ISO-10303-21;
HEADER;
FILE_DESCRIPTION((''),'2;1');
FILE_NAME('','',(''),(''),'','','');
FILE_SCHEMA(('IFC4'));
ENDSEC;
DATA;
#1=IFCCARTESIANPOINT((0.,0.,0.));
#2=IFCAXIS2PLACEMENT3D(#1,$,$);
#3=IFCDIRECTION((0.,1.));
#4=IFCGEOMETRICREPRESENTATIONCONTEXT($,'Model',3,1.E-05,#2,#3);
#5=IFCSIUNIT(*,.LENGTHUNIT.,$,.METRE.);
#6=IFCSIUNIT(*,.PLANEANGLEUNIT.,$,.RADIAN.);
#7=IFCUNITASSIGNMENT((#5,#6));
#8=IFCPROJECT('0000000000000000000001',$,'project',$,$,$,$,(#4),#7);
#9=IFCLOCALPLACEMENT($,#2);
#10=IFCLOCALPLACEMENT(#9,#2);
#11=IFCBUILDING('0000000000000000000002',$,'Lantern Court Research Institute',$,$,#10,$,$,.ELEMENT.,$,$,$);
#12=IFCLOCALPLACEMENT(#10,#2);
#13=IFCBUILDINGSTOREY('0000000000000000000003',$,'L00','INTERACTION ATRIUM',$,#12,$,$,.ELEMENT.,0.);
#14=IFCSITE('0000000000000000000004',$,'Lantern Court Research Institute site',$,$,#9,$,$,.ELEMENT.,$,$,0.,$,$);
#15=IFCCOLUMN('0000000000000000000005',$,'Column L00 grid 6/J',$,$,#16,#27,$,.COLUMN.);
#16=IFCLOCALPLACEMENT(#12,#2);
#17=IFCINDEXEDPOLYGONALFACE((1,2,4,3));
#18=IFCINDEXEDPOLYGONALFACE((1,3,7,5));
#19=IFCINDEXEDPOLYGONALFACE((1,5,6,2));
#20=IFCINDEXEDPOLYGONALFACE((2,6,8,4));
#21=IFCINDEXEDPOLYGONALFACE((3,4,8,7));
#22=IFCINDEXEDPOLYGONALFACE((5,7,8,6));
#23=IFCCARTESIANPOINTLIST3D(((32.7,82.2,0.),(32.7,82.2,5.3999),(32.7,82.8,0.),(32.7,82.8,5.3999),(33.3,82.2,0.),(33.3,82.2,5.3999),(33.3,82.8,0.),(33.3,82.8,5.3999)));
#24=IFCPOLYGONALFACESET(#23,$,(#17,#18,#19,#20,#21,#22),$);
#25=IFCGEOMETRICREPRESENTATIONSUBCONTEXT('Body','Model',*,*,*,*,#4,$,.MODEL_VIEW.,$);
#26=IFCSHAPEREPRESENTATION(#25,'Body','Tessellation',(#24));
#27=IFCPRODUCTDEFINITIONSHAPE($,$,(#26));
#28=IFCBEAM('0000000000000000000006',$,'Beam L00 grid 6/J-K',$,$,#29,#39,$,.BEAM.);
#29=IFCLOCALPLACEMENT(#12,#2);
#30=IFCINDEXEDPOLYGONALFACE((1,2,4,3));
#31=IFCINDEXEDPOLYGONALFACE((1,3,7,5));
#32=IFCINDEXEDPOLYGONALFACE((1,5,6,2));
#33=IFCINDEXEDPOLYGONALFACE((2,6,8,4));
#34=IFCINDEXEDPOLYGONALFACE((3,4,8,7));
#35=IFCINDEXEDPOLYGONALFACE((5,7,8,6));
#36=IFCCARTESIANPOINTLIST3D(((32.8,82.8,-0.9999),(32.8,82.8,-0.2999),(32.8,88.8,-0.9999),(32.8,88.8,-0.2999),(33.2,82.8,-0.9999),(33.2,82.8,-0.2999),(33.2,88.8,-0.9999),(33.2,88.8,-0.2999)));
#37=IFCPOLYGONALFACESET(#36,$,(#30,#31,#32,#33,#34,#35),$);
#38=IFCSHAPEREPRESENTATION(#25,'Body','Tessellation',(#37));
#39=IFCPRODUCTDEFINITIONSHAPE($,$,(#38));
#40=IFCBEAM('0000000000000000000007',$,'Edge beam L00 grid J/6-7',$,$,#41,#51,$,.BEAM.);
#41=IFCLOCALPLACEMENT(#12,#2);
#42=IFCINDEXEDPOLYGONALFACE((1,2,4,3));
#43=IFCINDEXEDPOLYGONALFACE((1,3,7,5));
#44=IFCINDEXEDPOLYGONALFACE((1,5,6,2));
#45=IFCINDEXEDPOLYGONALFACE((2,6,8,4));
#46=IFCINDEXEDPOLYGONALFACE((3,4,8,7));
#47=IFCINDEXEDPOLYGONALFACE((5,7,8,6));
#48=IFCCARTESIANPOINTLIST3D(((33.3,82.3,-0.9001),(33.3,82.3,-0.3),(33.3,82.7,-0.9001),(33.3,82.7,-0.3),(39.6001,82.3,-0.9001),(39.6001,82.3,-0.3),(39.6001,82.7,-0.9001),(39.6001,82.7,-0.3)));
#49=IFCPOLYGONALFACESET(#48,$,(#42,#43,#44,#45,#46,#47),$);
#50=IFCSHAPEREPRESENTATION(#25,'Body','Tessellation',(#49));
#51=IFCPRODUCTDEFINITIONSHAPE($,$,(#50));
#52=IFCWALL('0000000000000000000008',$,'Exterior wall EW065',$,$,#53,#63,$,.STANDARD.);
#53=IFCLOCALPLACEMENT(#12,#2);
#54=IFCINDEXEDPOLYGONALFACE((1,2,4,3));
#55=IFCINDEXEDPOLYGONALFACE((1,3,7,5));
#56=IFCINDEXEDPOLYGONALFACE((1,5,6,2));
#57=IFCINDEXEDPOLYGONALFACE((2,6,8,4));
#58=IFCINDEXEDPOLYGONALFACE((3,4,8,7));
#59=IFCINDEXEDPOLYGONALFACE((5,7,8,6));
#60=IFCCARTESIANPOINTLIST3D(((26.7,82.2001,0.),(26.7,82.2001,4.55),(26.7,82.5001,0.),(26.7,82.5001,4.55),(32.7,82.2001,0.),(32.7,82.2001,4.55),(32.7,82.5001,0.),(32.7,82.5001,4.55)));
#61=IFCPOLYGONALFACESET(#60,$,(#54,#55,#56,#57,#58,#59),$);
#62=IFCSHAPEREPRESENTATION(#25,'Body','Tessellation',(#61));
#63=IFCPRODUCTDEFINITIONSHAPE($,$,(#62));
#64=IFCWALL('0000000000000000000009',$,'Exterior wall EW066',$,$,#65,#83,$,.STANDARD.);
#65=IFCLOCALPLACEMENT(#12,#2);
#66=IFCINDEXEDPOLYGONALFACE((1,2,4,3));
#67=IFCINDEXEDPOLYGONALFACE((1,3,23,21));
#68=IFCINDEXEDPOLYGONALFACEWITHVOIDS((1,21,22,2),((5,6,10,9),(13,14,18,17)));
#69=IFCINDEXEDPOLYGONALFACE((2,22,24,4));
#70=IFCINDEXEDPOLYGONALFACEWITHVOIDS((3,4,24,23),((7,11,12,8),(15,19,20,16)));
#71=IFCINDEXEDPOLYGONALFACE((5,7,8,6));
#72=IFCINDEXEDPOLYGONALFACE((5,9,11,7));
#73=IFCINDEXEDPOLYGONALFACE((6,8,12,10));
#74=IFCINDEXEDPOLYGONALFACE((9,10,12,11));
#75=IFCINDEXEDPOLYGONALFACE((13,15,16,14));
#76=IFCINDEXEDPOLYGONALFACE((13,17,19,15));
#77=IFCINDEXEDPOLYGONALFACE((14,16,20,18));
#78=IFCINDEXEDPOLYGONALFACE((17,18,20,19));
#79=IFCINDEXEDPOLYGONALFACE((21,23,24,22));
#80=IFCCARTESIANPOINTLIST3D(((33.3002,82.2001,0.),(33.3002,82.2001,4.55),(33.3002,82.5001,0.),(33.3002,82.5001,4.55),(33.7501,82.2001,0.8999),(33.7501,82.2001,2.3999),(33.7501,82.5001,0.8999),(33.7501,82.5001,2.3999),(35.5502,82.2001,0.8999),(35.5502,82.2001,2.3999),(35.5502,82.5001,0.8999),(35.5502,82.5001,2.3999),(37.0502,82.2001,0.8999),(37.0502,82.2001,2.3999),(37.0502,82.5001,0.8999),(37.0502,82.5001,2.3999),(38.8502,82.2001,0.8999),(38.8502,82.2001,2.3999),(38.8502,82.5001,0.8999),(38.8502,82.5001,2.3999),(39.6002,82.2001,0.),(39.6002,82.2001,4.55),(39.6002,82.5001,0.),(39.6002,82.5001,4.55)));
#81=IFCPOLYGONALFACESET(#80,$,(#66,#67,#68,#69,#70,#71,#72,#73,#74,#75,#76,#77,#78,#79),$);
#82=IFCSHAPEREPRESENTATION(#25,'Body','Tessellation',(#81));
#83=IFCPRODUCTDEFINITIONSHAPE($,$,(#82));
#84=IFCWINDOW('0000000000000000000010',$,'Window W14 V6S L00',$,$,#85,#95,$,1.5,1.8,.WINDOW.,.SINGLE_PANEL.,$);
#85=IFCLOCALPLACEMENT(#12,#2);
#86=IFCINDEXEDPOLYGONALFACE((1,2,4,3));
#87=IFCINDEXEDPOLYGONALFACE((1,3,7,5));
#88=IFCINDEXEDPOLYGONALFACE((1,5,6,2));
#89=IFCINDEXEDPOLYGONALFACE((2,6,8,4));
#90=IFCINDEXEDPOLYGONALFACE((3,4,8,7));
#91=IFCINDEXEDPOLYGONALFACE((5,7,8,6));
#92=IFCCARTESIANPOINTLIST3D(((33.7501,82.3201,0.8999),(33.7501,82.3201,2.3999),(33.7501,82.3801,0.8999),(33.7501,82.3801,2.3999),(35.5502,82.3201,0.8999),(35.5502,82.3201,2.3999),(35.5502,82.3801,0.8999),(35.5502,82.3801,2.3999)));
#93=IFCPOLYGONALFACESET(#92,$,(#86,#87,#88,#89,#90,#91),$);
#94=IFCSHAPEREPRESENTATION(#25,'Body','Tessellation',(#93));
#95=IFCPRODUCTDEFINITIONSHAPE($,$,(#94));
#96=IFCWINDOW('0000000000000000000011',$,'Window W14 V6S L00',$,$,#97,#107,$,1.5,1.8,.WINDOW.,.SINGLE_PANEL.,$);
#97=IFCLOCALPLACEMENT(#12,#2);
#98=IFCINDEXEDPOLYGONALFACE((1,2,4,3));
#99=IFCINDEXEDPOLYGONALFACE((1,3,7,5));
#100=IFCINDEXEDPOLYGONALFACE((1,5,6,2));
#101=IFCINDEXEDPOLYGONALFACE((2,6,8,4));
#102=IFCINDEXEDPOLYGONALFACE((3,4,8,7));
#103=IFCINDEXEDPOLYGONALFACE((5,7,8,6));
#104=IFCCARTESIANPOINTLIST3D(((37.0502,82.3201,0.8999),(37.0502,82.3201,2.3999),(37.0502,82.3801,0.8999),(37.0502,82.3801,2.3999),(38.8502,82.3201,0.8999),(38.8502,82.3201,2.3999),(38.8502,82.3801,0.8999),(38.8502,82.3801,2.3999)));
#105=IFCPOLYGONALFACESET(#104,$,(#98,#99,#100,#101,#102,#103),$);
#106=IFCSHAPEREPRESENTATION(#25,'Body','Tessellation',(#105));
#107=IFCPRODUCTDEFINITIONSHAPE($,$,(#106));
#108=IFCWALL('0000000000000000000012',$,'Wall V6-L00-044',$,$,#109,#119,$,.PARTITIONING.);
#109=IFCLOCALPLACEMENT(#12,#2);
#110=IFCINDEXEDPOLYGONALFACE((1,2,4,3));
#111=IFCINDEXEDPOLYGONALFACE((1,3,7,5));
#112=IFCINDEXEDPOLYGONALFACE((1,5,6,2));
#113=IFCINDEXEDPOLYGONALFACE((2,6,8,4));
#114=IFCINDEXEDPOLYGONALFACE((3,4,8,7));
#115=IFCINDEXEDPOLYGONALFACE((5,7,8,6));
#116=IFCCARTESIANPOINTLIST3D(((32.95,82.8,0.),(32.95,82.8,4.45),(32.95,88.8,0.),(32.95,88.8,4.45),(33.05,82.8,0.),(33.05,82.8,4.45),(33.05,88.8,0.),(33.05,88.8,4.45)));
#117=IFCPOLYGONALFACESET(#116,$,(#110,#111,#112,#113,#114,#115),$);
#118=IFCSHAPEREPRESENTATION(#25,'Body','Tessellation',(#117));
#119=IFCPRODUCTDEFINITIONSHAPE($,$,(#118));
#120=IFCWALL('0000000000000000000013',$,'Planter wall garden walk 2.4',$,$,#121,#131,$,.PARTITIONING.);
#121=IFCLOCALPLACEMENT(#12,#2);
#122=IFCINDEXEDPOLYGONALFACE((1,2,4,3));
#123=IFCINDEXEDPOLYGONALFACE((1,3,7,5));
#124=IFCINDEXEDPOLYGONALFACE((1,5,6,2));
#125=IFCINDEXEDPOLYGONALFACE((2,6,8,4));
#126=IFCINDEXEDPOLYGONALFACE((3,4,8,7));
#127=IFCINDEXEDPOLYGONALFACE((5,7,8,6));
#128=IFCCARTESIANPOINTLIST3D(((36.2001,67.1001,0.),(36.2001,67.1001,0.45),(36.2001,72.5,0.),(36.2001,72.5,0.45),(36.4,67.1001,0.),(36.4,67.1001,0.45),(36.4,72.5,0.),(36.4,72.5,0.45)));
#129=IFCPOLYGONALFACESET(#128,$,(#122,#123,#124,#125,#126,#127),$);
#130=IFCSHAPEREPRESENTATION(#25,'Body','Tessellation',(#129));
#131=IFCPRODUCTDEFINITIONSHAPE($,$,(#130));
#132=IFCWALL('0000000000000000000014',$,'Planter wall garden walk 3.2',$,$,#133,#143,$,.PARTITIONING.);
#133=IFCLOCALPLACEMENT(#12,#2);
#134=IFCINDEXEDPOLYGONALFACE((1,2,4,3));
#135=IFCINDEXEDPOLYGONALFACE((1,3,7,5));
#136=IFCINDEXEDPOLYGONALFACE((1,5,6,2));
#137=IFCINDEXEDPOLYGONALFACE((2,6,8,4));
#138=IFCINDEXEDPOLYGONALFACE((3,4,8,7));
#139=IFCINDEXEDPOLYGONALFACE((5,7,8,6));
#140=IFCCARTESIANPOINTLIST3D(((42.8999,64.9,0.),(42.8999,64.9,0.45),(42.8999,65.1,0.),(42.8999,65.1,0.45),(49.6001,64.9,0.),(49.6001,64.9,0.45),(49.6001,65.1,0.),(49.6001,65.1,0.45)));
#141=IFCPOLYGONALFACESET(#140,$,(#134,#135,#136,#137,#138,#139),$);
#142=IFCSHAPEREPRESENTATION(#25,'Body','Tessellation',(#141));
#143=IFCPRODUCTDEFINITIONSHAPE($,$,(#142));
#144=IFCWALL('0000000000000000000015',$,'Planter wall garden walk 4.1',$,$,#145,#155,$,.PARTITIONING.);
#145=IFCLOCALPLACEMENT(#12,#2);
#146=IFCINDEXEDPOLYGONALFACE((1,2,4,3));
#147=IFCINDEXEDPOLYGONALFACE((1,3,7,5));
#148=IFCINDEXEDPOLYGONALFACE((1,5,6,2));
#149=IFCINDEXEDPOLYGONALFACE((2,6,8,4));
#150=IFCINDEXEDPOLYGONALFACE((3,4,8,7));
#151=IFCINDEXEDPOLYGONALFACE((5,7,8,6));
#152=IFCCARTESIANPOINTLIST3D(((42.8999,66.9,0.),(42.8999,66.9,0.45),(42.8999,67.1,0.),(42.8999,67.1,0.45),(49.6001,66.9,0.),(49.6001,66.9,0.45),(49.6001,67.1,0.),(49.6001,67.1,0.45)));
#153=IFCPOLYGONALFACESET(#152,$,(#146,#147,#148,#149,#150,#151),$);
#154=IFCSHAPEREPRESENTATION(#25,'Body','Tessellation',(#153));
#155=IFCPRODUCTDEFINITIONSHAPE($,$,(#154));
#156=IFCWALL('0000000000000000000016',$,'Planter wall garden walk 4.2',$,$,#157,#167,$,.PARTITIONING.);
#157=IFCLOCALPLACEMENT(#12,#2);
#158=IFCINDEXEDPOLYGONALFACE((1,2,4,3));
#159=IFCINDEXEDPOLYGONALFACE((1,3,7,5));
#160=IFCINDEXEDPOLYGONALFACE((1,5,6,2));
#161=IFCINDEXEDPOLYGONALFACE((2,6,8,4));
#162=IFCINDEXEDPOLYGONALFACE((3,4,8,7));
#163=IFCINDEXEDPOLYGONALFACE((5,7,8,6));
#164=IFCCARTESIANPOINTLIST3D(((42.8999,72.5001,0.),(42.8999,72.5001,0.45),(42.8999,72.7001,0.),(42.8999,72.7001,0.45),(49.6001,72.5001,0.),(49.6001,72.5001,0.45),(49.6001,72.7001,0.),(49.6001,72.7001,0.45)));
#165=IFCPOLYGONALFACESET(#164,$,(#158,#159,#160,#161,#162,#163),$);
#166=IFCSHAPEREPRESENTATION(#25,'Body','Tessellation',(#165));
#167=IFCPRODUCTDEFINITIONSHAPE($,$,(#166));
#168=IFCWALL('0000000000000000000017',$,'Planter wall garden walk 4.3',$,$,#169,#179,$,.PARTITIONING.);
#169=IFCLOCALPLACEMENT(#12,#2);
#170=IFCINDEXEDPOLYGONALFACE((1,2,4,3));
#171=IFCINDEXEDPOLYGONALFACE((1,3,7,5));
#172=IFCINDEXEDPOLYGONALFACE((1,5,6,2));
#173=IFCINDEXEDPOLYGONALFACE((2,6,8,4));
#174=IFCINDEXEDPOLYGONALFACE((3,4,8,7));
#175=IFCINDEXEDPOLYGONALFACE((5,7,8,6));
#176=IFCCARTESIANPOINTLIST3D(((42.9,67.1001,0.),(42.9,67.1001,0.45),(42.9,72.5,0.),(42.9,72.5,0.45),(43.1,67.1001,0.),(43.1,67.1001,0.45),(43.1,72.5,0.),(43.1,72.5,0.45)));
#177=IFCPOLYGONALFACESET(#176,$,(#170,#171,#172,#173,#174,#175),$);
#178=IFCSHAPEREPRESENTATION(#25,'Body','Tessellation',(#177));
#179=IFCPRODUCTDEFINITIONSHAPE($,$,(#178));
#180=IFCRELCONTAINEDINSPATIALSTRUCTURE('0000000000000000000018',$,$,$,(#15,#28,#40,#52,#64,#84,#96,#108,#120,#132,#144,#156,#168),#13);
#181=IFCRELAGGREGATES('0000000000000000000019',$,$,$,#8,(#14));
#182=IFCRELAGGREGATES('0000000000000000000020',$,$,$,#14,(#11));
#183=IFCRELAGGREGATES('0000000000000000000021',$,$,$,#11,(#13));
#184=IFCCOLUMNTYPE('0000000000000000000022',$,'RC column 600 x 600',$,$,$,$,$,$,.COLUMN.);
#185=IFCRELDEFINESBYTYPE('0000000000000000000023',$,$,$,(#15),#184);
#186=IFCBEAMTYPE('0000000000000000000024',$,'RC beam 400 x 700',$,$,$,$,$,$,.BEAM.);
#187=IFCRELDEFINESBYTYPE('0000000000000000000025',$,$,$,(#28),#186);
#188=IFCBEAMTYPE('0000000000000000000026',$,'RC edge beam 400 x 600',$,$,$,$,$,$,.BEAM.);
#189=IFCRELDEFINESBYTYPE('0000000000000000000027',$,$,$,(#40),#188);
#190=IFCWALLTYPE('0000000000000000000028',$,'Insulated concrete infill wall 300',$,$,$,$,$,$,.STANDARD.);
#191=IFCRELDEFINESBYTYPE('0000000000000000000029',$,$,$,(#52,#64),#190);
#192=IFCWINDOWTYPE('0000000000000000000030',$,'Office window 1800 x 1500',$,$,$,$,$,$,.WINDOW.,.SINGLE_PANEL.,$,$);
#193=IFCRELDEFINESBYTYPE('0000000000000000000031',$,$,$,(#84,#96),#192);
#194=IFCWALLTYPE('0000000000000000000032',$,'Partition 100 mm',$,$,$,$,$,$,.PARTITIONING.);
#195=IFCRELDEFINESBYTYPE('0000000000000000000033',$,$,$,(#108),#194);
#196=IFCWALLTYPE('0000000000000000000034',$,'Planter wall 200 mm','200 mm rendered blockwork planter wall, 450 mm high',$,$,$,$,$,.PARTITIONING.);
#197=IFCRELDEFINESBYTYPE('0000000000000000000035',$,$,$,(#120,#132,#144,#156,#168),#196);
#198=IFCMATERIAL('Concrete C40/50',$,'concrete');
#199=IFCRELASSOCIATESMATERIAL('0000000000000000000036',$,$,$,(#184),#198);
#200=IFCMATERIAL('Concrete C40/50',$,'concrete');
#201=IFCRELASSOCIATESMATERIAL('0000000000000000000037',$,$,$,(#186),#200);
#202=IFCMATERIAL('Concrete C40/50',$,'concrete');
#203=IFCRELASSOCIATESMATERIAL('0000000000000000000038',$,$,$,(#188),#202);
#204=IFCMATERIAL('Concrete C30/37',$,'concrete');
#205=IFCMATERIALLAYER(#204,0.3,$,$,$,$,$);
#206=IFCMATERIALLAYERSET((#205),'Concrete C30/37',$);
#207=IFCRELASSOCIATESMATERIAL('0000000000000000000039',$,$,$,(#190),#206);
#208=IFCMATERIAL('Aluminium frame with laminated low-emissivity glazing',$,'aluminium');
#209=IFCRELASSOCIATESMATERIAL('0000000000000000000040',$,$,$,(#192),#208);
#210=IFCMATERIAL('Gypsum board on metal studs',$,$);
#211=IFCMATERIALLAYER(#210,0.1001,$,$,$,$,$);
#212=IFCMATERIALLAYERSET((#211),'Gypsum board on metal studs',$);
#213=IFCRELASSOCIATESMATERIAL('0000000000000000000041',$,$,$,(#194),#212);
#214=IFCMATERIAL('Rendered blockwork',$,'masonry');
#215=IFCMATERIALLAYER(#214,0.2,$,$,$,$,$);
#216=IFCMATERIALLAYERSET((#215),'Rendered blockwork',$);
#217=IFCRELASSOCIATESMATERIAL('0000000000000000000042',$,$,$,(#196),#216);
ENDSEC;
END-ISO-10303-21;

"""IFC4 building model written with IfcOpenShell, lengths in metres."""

from ifc_helpers import new_model, si_unit, direction, frame, frame_2d, origin, origin_2d, place, context, subcontext, project, spatial, rectangle, extrude, material, layer, layer_set, material_profile, profile_set, type_object, element, fill, save


model = new_model("IFC4")

# Units and contexts
model_context = context("Model", 3, precision=1e-05, world=origin(), true_north=direction((0.0, 1.0)))
body_context = subcontext(model_context, "Body", "Model", "MODEL_VIEW")
ifc_project = project(units=[si_unit("LENGTHUNIT", "METRE"), si_unit("PLANEANGLEUNIT", "RADIAN")], contexts=[model_context])

# Site, building, storey
site_placement = place(None, origin())
site = spatial("IfcSite", under=ifc_project, at=site_placement, Name="Lantern Court Research Institute site", CompositionType="ELEMENT", RefElevation=0.0)
building_placement = place(site_placement, origin())
building = spatial("IfcBuilding", under=site, at=building_placement, Name="Lantern Court Research Institute", CompositionType="ELEMENT")
storey_placement = place(building_placement, origin())
storey = spatial("IfcBuildingStorey", under=building, at=storey_placement, Name="L00", Description="INTERACTION ATRIUM", CompositionType="ELEMENT", Elevation=0.0)

# Column
ifc_material_1 = material(Name="Concrete C40/50", Category="concrete")
ifc_material_profile_1 = material_profile(ifc_material_1, rectangle(XDim=0.6001, YDim=0.6001, at=origin_2d()), Name="RC column 600 x 600")
ifc_profile_set_1 = profile_set([ifc_material_profile_1], Name="Concrete C40/50")
column_type = type_object("IfcColumnType", Name="RC column 600 x 600", PredefinedType="COLUMN", material=ifc_profile_set_1)
column_placement = place(storey_placement, frame((33.0, 82.5, 0.0), z_axis=(0.0, 0.0, 1.0), x_axis=(1.0, 0.0, 0.0)))
element("IfcColumn", 1, at=column_placement, inside=storey, type_object=column_type, Name="Column L00 grid 6/J", PredefinedType="COLUMN", context=body_context, shape_type="SweptSolid", body=[
    extrude(rectangle(XDim=0.6001, YDim=0.6001, at=origin_2d()), origin(), (0.0, 0.0, 1.0), 5.3999),
])

# Beams
ifc_material_2 = material(Name="Concrete C40/50", Category="concrete")
ifc_material_profile_2 = material_profile(ifc_material_2, rectangle(XDim=0.3999, YDim=0.7, at=origin_2d()), Name="RC beam 400 x 700")
ifc_profile_set_2 = profile_set([ifc_material_profile_2], Name="Concrete C40/50")
beam_type_1 = type_object("IfcBeamType", Name="RC beam 400 x 700", PredefinedType="BEAM", material=ifc_profile_set_2)
beam_1_placement = place(storey_placement, frame((33.0, 82.8, -0.6499), z_axis=(0.0, 1.0, 0.0), x_axis=(-1.0, 0.0, 0.0)))
element("IfcBeam", 2, at=beam_1_placement, inside=storey, type_object=beam_type_1, Name="Beam L00 grid 6/J-K", PredefinedType="BEAM", context=body_context, shape_type="SweptSolid", body=[
    extrude(rectangle(XDim=0.3999, YDim=0.7, at=origin_2d()), origin(), (0.0, 0.0, 1.0), 6.0),
])
ifc_material_3 = material(Name="Concrete C40/50", Category="concrete")
ifc_material_profile_3 = material_profile(ifc_material_3, rectangle(XDim=0.3999, YDim=0.6001, at=origin_2d()), Name="RC beam 400 x 600")
ifc_profile_set_3 = profile_set([ifc_material_profile_3], Name="Concrete C40/50")
beam_type_2 = type_object("IfcBeamType", Name="RC edge beam 400 x 600", PredefinedType="BEAM", material=ifc_profile_set_3)
beam_2_placement = place(storey_placement, frame((33.3, 82.5, -0.6001), z_axis=(1.0, 0.0, 0.0), x_axis=(0.0, 1.0, 0.0)))
element("IfcBeam", 3, at=beam_2_placement, inside=storey, type_object=beam_type_2, Name="Edge beam L00 grid J/6-7", PredefinedType="BEAM", context=body_context, shape_type="SweptSolid", body=[
    extrude(rectangle(XDim=0.3999, YDim=0.6001, at=origin_2d()), origin(), (0.0, 0.0, 1.0), 6.3),
])

# Wall
ifc_material_4 = material(Name="Concrete C30/37", Category="concrete")
ifc_layer_1 = layer(ifc_material_4, 0.3)
ifc_layer_set_1 = layer_set([ifc_layer_1], Name="Concrete C30/37")
wall_type_1 = type_object("IfcWallType", Name="Insulated concrete infill wall 300", PredefinedType="STANDARD", material=ifc_layer_set_1)
wall_1_placement = place(storey_placement, frame((32.7, 82.3501, 0.0), z_axis=(0.0, 0.0, 1.0), x_axis=(-1.0, 0.0, 0.0)))
element("IfcWall", 4, at=wall_1_placement, inside=storey, type_object=wall_type_1, Name="Exterior wall EW065", PredefinedType="STANDARD", context=body_context, shape_type="SweptSolid", body=[
    extrude(rectangle(XDim=6.0, YDim=0.3, at=frame_2d((3.0, 0.0))), origin(), (0.0, 0.0, 1.0), 4.55),
])

# Wall, openings, windows
wall_2_placement = place(storey_placement, frame((39.6001, 82.3501, 0.0), z_axis=(0.0, 0.0, 1.0), x_axis=(-1.0, 0.0, 0.0)))
wall_2 = element("IfcWall", 5, at=wall_2_placement, inside=storey, type_object=wall_type_1, Name="Exterior wall EW066", PredefinedType="STANDARD", context=body_context, shape_type="SweptSolid", body=[
    extrude(rectangle(XDim=6.3, YDim=0.3, at=frame_2d((3.1499, 0.0))), origin(), (0.0, 0.0, 1.0), 4.55),
])
opening_1_placement = place(wall_2_placement, frame((4.05, 0.0, 0.8999)))
opening_1 = element("IfcOpeningElement", 6, at=opening_1_placement, cuts=wall_2, PredefinedType="OPENING", context=body_context, shape_type="SweptSolid", body=[
    extrude(rectangle(XDim=1.8, YDim=1.5, at=frame_2d((0.8999, 0.75))), frame((0.0, 0.1599, 0.0), z_axis=(0.0, -1.0, 0.0), x_axis=(1.0, 0.0, 0.0)), (0.0, 0.0, 1.0), 0.3201),
])
opening_2_placement = place(wall_2_placement, frame((0.75, 0.0, 0.8999)))
opening_2 = element("IfcOpeningElement", 7, at=opening_2_placement, cuts=wall_2, PredefinedType="OPENING", context=body_context, shape_type="SweptSolid", body=[
    extrude(rectangle(XDim=1.8, YDim=1.5, at=frame_2d((0.8999, 0.75))), frame((0.0, 0.1599, 0.0), z_axis=(0.0, -1.0, 0.0), x_axis=(1.0, 0.0, 0.0)), (0.0, 0.0, 1.0), 0.3201),
])
ifc_material_5 = material(Name="Aluminium frame with laminated low-emissivity glazing", Category="aluminium")
window_type = type_object("IfcWindowType", Name="Office window 1800 x 1500", PartitioningType="SINGLE_PANEL", PredefinedType="WINDOW", material=ifc_material_5)
window_1_placement = place(opening_1_placement, origin())
window_1 = element("IfcWindow", 8, at=window_1_placement, inside=storey, type_object=window_type, Name="Window W14 V6S L00", OverallHeight=1.5, OverallWidth=1.8, PartitioningType="SINGLE_PANEL", PredefinedType="WINDOW", context=body_context, shape_type="SweptSolid", body=[
    extrude(rectangle(XDim=1.8, YDim=1.5, at=frame_2d((0.8999, 0.75))), frame((0.0, 0.03, 0.0), z_axis=(0.0, -1.0, 0.0), x_axis=(1.0, 0.0, 0.0)), (0.0, 0.0, 1.0), 0.0601),
])
fill(opening_1, window_1)
window_2_placement = place(opening_2_placement, origin())
window_2 = element("IfcWindow", 9, at=window_2_placement, inside=storey, type_object=window_type, Name="Window W14 V6S L00", OverallHeight=1.5, OverallWidth=1.8, PartitioningType="SINGLE_PANEL", PredefinedType="WINDOW", context=body_context, shape_type="SweptSolid", body=[
    extrude(rectangle(XDim=1.8, YDim=1.5, at=frame_2d((0.8999, 0.75))), frame((0.0, 0.03, 0.0), z_axis=(0.0, -1.0, 0.0), x_axis=(1.0, 0.0, 0.0)), (0.0, 0.0, 1.0), 0.0601),
])
fill(opening_2, window_2)

# Walls
ifc_material_6 = material(Name="Gypsum board on metal studs")
ifc_layer_2 = layer(ifc_material_6, 0.1001)
ifc_layer_set_2 = layer_set([ifc_layer_2], Name="Gypsum board on metal studs")
wall_type_2 = type_object("IfcWallType", Name="Partition 100 mm", PredefinedType="PARTITIONING", material=ifc_layer_set_2)
wall_3_placement = place(storey_placement, frame((33.0, 82.8, 0.0), z_axis=(0.0, 0.0, 1.0), x_axis=(0.0, 1.0, 0.0)))
element("IfcWall", 10, at=wall_3_placement, inside=storey, type_object=wall_type_2, Name="Wall V6-L00-044", PredefinedType="PARTITIONING", context=body_context, shape_type="SweptSolid", body=[
    extrude(rectangle(XDim=6.0, YDim=0.1001, at=frame_2d((3.0, 0.0))), origin(), (0.0, 0.0, 1.0), 4.45),
])
ifc_material_7 = material(Name="Rendered blockwork", Category="masonry")
ifc_layer_3 = layer(ifc_material_7, 0.2)
ifc_layer_set_3 = layer_set([ifc_layer_3], Name="Rendered blockwork")
wall_type_3 = type_object("IfcWallType", Name="Planter wall 200 mm", Description="200 mm rendered blockwork planter wall, 450 mm high", PredefinedType="PARTITIONING", material=ifc_layer_set_3)
wall_4_placement = place(storey_placement, frame((36.3, 67.1001, 0.0), z_axis=(0.0, 0.0, 1.0), x_axis=(0.0, 1.0, 0.0)))
element("IfcWall", 11, at=wall_4_placement, inside=storey, type_object=wall_type_3, Name="Planter wall garden walk 2.4", PredefinedType="PARTITIONING", context=body_context, shape_type="SweptSolid", body=[
    extrude(rectangle(XDim=5.3999, YDim=0.2, at=frame_2d((2.7, 0.0))), origin(), (0.0, 0.0, 1.0), 0.45),
])
for number, where, z_axis, x_axis, name in (
    (12, (42.8999, 65.0, 0.0), (0.0, 0.0, 1.0), (1.0, 0.0, 0.0), "Planter wall garden walk 3.2"),
    (13, (42.8999, 67.0, 0.0), (0.0, 0.0, 1.0), (1.0, 0.0, 0.0), "Planter wall garden walk 4.1"),
    (14, (42.8999, 72.6001, 0.0), (0.0, 0.0, 1.0), (1.0, 0.0, 0.0), "Planter wall garden walk 4.2"),
):
    element("IfcWall", number, at=place(storey_placement, frame(where, z_axis=z_axis, x_axis=x_axis)), inside=storey, type_object=wall_type_3, Name=name, PredefinedType="PARTITIONING", context=body_context, shape_type="SweptSolid", body=[
        extrude(rectangle(XDim=6.7002, YDim=0.2, at=frame_2d((3.3501, 0.0))), origin(), (0.0, 0.0, 1.0), 0.45),
    ])
wall_5_placement = place(storey_placement, frame((43.0, 67.1001, 0.0), z_axis=(0.0, 0.0, 1.0), x_axis=(0.0, 1.0, 0.0)))
element("IfcWall", 15, at=wall_5_placement, inside=storey, type_object=wall_type_3, Name="Planter wall garden walk 4.3", PredefinedType="PARTITIONING", context=body_context, shape_type="SweptSolid", body=[
    extrude(rectangle(XDim=5.3999, YDim=0.2, at=frame_2d((2.7, 0.0))), origin(), (0.0, 0.0, 1.0), 0.45),
])

save(model, "model.ifc")
